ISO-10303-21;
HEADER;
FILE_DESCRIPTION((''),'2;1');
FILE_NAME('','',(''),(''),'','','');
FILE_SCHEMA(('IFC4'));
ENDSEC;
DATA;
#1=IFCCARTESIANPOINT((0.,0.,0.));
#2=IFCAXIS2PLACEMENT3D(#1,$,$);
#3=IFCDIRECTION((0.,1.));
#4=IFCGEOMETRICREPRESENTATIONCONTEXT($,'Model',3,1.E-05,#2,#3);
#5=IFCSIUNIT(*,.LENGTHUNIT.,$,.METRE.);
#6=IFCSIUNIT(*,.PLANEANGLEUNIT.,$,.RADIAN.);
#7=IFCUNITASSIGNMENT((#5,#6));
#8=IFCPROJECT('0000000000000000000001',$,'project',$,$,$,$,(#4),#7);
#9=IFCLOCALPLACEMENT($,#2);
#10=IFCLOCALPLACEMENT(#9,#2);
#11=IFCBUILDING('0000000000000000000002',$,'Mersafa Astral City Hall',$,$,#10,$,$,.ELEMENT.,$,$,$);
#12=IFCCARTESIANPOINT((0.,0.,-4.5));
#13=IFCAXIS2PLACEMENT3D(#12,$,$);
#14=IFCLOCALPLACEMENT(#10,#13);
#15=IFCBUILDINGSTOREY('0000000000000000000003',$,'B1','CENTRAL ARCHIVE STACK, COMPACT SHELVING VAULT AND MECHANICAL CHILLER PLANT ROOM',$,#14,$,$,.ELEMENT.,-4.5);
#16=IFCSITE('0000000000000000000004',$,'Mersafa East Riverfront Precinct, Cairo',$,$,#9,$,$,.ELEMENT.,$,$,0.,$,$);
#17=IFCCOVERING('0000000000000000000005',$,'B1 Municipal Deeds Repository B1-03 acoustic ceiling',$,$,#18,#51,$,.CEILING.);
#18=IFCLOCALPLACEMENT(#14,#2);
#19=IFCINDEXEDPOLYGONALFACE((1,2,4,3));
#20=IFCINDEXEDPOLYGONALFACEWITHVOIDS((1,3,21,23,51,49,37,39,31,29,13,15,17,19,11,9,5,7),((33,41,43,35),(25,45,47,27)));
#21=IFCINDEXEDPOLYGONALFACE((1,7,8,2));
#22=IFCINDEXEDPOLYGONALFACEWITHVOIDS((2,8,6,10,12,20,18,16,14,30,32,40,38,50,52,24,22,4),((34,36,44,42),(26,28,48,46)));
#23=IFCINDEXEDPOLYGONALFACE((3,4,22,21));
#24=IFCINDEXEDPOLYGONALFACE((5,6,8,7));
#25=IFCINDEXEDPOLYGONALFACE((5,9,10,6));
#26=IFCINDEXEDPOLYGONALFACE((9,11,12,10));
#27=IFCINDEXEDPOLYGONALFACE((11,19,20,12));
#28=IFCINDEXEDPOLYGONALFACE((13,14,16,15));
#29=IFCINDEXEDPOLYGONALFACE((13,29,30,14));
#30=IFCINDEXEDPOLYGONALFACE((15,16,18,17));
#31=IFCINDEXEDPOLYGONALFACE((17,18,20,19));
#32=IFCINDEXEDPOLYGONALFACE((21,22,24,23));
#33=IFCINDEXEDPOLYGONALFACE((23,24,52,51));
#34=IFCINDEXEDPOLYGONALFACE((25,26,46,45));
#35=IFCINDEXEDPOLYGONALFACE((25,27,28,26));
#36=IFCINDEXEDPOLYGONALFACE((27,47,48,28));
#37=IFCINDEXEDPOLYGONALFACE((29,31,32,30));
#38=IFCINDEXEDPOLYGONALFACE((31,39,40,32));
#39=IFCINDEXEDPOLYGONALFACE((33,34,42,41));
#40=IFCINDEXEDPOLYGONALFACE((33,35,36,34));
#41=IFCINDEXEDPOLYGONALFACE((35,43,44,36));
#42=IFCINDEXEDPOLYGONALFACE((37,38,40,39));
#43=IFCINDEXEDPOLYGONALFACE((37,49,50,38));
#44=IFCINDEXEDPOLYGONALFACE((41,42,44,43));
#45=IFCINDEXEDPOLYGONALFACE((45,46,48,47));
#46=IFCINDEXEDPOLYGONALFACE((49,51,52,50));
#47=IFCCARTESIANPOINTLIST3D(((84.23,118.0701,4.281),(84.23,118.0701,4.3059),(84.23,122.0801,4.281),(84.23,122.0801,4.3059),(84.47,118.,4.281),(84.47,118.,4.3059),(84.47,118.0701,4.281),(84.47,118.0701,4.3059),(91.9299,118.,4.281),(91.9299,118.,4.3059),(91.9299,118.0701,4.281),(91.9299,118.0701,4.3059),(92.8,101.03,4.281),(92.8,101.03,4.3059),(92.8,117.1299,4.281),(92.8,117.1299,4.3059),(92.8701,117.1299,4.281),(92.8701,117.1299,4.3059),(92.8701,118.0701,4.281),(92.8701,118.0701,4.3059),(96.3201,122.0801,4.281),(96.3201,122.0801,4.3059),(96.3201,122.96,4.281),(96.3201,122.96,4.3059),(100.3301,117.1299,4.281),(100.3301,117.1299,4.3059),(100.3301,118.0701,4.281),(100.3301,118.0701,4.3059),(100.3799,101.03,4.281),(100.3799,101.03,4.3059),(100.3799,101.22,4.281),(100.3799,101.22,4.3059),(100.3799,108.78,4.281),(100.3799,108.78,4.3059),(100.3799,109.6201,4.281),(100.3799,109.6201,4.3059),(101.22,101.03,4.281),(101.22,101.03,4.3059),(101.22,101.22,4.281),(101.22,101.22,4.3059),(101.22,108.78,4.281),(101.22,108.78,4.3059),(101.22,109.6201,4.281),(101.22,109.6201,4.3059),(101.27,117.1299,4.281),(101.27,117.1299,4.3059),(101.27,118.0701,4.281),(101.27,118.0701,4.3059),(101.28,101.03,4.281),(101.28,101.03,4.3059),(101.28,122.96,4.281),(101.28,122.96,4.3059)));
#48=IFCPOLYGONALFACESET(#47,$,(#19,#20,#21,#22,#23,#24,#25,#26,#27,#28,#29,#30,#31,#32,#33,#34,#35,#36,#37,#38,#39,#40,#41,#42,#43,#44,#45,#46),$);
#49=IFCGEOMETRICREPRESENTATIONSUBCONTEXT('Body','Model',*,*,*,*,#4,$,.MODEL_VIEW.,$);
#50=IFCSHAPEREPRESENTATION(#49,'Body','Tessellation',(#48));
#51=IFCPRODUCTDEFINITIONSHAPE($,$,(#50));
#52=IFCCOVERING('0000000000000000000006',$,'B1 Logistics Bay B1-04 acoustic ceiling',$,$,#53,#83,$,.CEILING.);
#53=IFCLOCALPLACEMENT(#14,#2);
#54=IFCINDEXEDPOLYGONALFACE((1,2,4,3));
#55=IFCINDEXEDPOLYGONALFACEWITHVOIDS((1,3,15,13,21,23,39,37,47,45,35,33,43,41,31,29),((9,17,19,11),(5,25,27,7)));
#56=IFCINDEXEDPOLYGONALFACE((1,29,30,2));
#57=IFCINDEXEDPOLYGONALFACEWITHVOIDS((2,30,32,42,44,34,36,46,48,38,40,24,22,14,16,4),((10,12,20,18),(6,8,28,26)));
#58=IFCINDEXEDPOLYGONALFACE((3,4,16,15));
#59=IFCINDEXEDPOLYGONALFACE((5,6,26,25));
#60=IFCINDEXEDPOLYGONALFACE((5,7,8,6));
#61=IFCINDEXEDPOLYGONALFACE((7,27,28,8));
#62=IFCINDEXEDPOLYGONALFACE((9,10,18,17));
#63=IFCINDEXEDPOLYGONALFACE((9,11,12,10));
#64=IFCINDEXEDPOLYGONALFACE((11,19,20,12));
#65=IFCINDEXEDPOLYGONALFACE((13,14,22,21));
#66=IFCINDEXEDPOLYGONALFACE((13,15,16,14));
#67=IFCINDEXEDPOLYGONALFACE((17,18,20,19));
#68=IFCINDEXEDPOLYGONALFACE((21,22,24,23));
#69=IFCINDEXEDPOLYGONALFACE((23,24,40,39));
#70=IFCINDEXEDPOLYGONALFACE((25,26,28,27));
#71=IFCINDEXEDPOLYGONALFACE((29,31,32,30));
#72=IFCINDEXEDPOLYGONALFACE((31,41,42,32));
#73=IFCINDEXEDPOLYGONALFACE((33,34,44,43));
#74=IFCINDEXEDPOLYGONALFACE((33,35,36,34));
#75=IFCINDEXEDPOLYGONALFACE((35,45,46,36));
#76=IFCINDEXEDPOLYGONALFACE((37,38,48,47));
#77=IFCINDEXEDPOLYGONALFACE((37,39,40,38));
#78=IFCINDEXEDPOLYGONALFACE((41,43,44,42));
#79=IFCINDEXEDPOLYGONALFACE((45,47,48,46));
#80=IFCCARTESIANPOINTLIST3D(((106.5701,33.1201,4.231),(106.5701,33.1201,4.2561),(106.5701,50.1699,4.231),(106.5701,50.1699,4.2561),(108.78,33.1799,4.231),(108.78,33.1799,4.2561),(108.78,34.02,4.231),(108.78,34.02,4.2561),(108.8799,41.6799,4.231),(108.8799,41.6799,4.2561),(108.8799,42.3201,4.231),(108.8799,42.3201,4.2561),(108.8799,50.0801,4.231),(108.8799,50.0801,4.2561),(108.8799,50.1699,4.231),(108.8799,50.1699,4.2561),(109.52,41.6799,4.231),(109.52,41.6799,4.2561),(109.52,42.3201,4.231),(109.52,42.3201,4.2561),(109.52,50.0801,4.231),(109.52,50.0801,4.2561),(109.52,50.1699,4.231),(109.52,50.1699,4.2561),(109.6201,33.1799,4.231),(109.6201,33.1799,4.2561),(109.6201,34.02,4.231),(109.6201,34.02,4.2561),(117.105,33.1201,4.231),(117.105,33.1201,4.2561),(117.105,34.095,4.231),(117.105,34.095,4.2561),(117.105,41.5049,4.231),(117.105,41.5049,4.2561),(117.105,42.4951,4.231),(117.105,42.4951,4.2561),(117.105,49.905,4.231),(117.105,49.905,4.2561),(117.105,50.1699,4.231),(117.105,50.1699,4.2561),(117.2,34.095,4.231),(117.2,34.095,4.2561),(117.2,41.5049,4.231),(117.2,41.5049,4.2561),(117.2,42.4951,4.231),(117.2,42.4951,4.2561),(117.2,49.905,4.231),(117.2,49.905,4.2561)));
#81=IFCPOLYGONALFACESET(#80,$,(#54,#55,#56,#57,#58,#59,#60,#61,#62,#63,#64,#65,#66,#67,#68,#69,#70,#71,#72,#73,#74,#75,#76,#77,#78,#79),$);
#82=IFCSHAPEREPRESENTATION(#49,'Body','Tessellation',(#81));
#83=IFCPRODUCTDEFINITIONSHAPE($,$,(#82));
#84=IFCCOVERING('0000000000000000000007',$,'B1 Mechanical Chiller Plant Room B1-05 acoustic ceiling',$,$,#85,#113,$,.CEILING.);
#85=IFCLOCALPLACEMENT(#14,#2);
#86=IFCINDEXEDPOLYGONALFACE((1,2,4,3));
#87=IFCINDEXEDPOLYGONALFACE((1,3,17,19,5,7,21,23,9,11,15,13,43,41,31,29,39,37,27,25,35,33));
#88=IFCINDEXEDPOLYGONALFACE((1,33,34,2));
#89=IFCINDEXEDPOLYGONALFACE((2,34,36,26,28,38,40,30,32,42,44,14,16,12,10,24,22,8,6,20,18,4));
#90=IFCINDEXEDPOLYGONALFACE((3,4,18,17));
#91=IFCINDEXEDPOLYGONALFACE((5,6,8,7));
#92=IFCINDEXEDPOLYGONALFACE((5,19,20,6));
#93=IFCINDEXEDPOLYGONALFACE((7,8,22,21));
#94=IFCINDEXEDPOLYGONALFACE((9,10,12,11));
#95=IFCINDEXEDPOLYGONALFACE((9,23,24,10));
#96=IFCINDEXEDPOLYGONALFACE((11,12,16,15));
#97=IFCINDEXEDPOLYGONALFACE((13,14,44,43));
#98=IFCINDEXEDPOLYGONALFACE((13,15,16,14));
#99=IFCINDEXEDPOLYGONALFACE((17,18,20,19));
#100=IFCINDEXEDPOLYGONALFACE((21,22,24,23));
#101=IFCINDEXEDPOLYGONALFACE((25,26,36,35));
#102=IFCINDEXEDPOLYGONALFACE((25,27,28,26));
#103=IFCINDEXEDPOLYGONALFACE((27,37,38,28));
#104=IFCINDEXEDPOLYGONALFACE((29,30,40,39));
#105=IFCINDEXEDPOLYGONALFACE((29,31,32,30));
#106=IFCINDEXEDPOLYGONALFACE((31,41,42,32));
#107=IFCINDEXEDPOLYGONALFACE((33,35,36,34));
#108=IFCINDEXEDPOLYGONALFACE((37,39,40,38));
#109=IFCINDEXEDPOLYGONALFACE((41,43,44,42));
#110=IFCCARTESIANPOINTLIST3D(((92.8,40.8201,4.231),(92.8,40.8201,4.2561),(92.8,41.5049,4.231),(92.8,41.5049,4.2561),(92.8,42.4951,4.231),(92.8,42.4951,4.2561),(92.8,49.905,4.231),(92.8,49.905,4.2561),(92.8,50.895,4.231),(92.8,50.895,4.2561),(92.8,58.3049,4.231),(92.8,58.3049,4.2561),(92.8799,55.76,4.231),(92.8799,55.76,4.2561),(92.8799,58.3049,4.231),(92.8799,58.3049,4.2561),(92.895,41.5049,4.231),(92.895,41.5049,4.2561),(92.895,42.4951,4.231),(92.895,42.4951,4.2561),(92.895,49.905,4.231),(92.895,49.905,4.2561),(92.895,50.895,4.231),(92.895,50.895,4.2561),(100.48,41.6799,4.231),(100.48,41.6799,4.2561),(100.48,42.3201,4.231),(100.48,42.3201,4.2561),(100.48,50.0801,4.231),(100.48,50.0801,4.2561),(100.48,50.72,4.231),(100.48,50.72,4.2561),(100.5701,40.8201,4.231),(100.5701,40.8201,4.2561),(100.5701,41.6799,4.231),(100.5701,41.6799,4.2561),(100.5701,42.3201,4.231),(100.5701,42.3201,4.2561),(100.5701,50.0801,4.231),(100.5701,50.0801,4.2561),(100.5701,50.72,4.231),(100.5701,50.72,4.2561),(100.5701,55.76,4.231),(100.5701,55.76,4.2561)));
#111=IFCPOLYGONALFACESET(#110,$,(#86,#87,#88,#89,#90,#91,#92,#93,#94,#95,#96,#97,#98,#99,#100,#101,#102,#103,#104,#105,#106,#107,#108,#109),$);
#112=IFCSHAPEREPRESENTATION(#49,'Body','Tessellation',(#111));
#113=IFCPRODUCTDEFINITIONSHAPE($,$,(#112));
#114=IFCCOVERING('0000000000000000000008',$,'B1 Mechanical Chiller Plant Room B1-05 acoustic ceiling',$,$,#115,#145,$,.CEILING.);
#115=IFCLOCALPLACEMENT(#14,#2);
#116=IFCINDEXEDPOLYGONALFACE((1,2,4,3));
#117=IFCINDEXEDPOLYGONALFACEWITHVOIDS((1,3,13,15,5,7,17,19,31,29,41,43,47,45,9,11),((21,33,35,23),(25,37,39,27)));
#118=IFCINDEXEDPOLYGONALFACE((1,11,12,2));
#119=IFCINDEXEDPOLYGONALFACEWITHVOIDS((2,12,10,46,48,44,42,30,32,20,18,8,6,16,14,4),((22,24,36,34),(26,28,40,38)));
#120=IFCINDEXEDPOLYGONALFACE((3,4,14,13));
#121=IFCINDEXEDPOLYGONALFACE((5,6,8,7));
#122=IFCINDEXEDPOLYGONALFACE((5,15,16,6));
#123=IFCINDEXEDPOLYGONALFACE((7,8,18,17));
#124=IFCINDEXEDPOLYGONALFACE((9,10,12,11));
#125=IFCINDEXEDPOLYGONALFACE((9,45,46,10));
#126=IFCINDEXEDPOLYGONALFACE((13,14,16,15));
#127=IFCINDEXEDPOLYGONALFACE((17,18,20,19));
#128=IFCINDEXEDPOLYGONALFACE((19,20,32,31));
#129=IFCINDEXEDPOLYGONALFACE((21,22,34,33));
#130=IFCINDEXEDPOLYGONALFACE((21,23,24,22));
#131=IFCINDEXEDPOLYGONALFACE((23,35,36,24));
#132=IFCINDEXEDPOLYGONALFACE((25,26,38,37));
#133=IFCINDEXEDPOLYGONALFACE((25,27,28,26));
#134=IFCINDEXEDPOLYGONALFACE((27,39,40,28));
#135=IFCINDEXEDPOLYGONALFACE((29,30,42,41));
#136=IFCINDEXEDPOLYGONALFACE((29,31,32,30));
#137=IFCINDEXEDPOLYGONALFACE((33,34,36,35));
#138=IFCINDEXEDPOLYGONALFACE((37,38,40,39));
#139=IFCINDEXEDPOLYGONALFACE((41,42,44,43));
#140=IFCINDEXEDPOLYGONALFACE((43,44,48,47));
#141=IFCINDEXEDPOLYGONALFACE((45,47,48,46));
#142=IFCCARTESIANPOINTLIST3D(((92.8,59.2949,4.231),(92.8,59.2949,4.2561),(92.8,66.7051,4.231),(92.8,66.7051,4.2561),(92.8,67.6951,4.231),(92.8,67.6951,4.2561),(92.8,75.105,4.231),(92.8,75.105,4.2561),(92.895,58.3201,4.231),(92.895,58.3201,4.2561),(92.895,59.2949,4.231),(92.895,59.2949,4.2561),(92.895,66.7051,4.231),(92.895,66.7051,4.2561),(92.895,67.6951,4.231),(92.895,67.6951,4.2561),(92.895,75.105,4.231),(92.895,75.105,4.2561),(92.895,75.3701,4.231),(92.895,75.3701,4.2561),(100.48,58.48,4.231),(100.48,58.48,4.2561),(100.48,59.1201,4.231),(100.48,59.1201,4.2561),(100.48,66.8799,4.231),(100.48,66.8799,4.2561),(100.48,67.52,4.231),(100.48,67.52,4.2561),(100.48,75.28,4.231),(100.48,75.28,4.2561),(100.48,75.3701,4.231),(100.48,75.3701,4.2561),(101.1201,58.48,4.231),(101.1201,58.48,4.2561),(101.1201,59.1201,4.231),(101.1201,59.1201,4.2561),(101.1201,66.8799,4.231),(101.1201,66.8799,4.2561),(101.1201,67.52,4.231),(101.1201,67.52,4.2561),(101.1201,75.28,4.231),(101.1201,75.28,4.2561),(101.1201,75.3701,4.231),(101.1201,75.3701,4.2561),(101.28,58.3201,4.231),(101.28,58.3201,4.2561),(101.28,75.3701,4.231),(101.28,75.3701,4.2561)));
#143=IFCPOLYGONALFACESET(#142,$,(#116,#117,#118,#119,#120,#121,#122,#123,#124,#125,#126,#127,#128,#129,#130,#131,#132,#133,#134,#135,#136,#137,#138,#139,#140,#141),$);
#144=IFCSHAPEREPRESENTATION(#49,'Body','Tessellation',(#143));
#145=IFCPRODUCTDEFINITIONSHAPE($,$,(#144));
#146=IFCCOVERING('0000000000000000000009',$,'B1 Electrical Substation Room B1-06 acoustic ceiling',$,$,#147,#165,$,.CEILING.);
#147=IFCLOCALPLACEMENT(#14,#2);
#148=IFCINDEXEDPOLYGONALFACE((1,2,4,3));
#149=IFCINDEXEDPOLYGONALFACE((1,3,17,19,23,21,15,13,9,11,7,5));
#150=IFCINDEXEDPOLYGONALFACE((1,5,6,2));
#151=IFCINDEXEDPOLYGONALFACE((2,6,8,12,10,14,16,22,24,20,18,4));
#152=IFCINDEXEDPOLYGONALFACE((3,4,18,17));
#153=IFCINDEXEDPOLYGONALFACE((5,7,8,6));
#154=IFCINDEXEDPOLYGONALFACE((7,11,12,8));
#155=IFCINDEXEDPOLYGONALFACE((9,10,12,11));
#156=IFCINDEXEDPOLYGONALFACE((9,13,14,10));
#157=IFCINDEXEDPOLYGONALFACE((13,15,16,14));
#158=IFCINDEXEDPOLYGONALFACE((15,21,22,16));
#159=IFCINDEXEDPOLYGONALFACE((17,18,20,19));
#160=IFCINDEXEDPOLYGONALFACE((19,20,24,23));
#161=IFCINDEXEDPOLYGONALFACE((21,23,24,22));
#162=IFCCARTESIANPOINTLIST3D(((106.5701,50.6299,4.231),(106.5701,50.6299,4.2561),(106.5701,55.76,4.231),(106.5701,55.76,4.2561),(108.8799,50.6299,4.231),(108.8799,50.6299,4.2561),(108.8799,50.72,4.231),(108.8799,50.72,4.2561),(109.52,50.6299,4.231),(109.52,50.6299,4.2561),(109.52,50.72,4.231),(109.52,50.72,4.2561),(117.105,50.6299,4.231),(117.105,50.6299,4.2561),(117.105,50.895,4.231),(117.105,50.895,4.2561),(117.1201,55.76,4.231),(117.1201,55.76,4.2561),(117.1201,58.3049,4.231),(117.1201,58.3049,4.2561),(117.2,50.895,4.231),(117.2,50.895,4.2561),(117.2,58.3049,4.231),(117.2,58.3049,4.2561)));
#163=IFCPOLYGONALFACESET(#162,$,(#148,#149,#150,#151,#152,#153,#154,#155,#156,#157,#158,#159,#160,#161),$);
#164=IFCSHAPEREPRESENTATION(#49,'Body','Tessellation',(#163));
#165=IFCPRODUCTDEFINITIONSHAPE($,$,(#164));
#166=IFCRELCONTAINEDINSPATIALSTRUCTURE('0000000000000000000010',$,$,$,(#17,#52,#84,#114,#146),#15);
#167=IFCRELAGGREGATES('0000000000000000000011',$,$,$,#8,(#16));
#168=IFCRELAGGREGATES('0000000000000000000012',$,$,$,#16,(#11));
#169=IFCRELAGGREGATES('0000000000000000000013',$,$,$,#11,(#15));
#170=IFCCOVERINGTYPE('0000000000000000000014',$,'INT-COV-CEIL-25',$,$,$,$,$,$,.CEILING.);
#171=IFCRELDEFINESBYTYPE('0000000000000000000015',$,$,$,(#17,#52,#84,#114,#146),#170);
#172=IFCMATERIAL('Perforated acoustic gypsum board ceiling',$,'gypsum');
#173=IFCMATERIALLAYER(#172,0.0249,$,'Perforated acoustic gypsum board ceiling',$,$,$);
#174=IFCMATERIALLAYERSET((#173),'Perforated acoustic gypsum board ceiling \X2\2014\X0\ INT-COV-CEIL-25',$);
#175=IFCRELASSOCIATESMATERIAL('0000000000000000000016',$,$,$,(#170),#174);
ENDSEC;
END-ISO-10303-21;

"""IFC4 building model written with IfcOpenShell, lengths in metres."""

from ifc_helpers import new_model, si_unit, direction, frame, origin, place, context, subcontext, project, spatial, polyline, outline, extrude, material, layer, layer_set, type_object, element, save


model = new_model("IFC4")

# Units and contexts
model_context = context("Model", 3, precision=1e-05, world=origin(), true_north=direction((0.0, 1.0)))
body_context = subcontext(model_context, "Body", "Model", "MODEL_VIEW")
ifc_project = project(units=[si_unit("LENGTHUNIT", "METRE"), si_unit("PLANEANGLEUNIT", "RADIAN")], contexts=[model_context])

# Site, building, storey
site_placement = place(None, origin())
site = spatial("IfcSite", under=ifc_project, at=site_placement, Name="Mersafa East Riverfront Precinct, Cairo", CompositionType="ELEMENT", RefElevation=0.0)
building_placement = place(site_placement, origin())
building = spatial("IfcBuilding", under=site, at=building_placement, Name="Mersafa Astral City Hall", CompositionType="ELEMENT")
storey_placement = place(building_placement, frame((0.0, 0.0, -4.5)))
storey = spatial("IfcBuildingStorey", under=building, at=storey_placement, Name="B1", Description="CENTRAL ARCHIVE STACK, COMPACT SHELVING VAULT AND MECHANICAL CHILLER PLANT ROOM", CompositionType="ELEMENT", Elevation=-4.5)

# Coverings
ifc_material_1 = material(Name="Perforated acoustic gypsum board ceiling", Category="gypsum")
ifc_layer_1 = layer(ifc_material_1, 0.0249, Name="Perforated acoustic gypsum board ceiling")
ifc_layer_set_1 = layer_set([ifc_layer_1], Name="Perforated acoustic gypsum board ceiling — INT-COV-CEIL-25")
covering_type = type_object("IfcCoveringType", Name="INT-COV-CEIL-25", PredefinedType="CEILING", material=ifc_layer_set_1)
covering_1_placement = place(storey_placement, frame((0.0, 0.0, 4.281)))
element("IfcCovering", 1, at=covering_1_placement, inside=storey, type_object=covering_type, Name="B1 Municipal Deeds Repository B1-03 acoustic ceiling", PredefinedType="CEILING", context=body_context, shape_type="SweptSolid", body=[
    extrude(outline(polyline([(84.47, 118.0701), (84.23, 118.0701), (84.23, 122.0801), (96.3201, 122.0801), (96.3201, 122.96), (101.28, 122.96), (101.28, 101.03), (101.22, 101.03), (101.22, 101.22), (100.3799, 101.22), (100.3799, 101.03), (92.8, 101.03), (92.8, 117.1299), (92.8701, 117.1299), (92.8701, 118.0701), (91.9299, 118.0701), (91.9299, 118.0), (84.47, 118.0), (84.47, 118.0701)]), holes=[polyline([(100.3301, 117.1299), (101.27, 117.1299), (101.27, 118.0701), (100.3301, 118.0701), (100.3301, 117.1299)]), polyline([(100.3799, 108.78), (101.22, 108.78), (101.22, 109.6201), (100.3799, 109.6201), (100.3799, 108.78)])]), origin(), (0.0, 0.0, 1.0), 0.0249),
])
covering_2_placement = place(storey_placement, frame((0.0, 0.0, 4.231)))
element("IfcCovering", 2, at=covering_2_placement, inside=storey, type_object=covering_type, Name="B1 Logistics Bay B1-04 acoustic ceiling", PredefinedType="CEILING", context=body_context, shape_type="SweptSolid", body=[
    extrude(outline(polyline([(108.8799, 50.0801), (109.52, 50.0801), (109.52, 50.1699), (117.105, 50.1699), (117.105, 49.905), (117.2, 49.905), (117.2, 42.4951), (117.105, 42.4951), (117.105, 41.5049), (117.2, 41.5049), (117.2, 34.095), (117.105, 34.095), (117.105, 33.1201), (106.5701, 33.1201), (106.5701, 50.1699), (108.8799, 50.1699), (108.8799, 50.0801)]), holes=[polyline([(108.78, 33.1799), (109.6201, 33.1799), (109.6201, 34.02), (108.78, 34.02), (108.78, 33.1799)]), polyline([(108.8799, 41.6799), (109.52, 41.6799), (109.52, 42.3201), (108.8799, 42.3201), (108.8799, 41.6799)])]), origin(), (0.0, 0.0, 1.0), 0.0251),
])
covering_3_placement = place(storey_placement, frame((0.0, 0.0, 4.231)))
element("IfcCovering", 3, at=covering_3_placement, inside=storey, type_object=covering_type, Name="B1 Mechanical Chiller Plant Room B1-05 acoustic ceiling", PredefinedType="CEILING", context=body_context, shape_type="SweptSolid", body=[
    extrude(outline(polyline([(92.895, 41.5049), (92.895, 42.4951), (92.8, 42.4951), (92.8, 49.905), (92.895, 49.905), (92.895, 50.895), (92.8, 50.895), (92.8, 58.3049), (92.8799, 58.3049), (92.8799, 55.76), (100.5701, 55.76), (100.5701, 50.72), (100.48, 50.72), (100.48, 50.0801), (100.5701, 50.0801), (100.5701, 42.3201), (100.48, 42.3201), (100.48, 41.6799), (100.5701, 41.6799), (100.5701, 40.8201), (92.8, 40.8201), (92.8, 41.5049), (92.895, 41.5049)])), origin(), (0.0, 0.0, 1.0), 0.0251),
])
covering_4_placement = place(storey_placement, frame((0.0, 0.0, 4.231)))
element("IfcCovering", 4, at=covering_4_placement, inside=storey, type_object=covering_type, Name="B1 Mechanical Chiller Plant Room B1-05 acoustic ceiling", PredefinedType="CEILING", context=body_context, shape_type="SweptSolid", body=[
    extrude(outline(polyline([(92.895, 59.2949), (92.8, 59.2949), (92.8, 66.7051), (92.895, 66.7051), (92.895, 67.6951), (92.8, 67.6951), (92.8, 75.105), (92.895, 75.105), (92.895, 75.3701), (100.48, 75.3701), (100.48, 75.28), (101.1201, 75.28), (101.1201, 75.3701), (101.28, 75.3701), (101.28, 58.3201), (92.895, 58.3201), (92.895, 59.2949)]), holes=[polyline([(100.48, 58.48), (101.1201, 58.48), (101.1201, 59.1201), (100.48, 59.1201), (100.48, 58.48)]), polyline([(100.48, 66.8799), (101.1201, 66.8799), (101.1201, 67.52), (100.48, 67.52), (100.48, 66.8799)])]), origin(), (0.0, 0.0, 1.0), 0.0251),
])
covering_5_placement = place(storey_placement, frame((0.0, 0.0, 4.231)))
element("IfcCovering", 5, at=covering_5_placement, inside=storey, type_object=covering_type, Name="B1 Electrical Substation Room B1-06 acoustic ceiling", PredefinedType="CEILING", context=body_context, shape_type="SweptSolid", body=[
    extrude(outline(polyline([(106.5701, 50.6299), (106.5701, 55.76), (117.1201, 55.76), (117.1201, 58.3049), (117.2, 58.3049), (117.2, 50.895), (117.105, 50.895), (117.105, 50.6299), (109.52, 50.6299), (109.52, 50.72), (108.8799, 50.72), (108.8799, 50.6299), (106.5701, 50.6299)])), origin(), (0.0, 0.0, 1.0), 0.0251),
])

save(model, "model.ifc")
